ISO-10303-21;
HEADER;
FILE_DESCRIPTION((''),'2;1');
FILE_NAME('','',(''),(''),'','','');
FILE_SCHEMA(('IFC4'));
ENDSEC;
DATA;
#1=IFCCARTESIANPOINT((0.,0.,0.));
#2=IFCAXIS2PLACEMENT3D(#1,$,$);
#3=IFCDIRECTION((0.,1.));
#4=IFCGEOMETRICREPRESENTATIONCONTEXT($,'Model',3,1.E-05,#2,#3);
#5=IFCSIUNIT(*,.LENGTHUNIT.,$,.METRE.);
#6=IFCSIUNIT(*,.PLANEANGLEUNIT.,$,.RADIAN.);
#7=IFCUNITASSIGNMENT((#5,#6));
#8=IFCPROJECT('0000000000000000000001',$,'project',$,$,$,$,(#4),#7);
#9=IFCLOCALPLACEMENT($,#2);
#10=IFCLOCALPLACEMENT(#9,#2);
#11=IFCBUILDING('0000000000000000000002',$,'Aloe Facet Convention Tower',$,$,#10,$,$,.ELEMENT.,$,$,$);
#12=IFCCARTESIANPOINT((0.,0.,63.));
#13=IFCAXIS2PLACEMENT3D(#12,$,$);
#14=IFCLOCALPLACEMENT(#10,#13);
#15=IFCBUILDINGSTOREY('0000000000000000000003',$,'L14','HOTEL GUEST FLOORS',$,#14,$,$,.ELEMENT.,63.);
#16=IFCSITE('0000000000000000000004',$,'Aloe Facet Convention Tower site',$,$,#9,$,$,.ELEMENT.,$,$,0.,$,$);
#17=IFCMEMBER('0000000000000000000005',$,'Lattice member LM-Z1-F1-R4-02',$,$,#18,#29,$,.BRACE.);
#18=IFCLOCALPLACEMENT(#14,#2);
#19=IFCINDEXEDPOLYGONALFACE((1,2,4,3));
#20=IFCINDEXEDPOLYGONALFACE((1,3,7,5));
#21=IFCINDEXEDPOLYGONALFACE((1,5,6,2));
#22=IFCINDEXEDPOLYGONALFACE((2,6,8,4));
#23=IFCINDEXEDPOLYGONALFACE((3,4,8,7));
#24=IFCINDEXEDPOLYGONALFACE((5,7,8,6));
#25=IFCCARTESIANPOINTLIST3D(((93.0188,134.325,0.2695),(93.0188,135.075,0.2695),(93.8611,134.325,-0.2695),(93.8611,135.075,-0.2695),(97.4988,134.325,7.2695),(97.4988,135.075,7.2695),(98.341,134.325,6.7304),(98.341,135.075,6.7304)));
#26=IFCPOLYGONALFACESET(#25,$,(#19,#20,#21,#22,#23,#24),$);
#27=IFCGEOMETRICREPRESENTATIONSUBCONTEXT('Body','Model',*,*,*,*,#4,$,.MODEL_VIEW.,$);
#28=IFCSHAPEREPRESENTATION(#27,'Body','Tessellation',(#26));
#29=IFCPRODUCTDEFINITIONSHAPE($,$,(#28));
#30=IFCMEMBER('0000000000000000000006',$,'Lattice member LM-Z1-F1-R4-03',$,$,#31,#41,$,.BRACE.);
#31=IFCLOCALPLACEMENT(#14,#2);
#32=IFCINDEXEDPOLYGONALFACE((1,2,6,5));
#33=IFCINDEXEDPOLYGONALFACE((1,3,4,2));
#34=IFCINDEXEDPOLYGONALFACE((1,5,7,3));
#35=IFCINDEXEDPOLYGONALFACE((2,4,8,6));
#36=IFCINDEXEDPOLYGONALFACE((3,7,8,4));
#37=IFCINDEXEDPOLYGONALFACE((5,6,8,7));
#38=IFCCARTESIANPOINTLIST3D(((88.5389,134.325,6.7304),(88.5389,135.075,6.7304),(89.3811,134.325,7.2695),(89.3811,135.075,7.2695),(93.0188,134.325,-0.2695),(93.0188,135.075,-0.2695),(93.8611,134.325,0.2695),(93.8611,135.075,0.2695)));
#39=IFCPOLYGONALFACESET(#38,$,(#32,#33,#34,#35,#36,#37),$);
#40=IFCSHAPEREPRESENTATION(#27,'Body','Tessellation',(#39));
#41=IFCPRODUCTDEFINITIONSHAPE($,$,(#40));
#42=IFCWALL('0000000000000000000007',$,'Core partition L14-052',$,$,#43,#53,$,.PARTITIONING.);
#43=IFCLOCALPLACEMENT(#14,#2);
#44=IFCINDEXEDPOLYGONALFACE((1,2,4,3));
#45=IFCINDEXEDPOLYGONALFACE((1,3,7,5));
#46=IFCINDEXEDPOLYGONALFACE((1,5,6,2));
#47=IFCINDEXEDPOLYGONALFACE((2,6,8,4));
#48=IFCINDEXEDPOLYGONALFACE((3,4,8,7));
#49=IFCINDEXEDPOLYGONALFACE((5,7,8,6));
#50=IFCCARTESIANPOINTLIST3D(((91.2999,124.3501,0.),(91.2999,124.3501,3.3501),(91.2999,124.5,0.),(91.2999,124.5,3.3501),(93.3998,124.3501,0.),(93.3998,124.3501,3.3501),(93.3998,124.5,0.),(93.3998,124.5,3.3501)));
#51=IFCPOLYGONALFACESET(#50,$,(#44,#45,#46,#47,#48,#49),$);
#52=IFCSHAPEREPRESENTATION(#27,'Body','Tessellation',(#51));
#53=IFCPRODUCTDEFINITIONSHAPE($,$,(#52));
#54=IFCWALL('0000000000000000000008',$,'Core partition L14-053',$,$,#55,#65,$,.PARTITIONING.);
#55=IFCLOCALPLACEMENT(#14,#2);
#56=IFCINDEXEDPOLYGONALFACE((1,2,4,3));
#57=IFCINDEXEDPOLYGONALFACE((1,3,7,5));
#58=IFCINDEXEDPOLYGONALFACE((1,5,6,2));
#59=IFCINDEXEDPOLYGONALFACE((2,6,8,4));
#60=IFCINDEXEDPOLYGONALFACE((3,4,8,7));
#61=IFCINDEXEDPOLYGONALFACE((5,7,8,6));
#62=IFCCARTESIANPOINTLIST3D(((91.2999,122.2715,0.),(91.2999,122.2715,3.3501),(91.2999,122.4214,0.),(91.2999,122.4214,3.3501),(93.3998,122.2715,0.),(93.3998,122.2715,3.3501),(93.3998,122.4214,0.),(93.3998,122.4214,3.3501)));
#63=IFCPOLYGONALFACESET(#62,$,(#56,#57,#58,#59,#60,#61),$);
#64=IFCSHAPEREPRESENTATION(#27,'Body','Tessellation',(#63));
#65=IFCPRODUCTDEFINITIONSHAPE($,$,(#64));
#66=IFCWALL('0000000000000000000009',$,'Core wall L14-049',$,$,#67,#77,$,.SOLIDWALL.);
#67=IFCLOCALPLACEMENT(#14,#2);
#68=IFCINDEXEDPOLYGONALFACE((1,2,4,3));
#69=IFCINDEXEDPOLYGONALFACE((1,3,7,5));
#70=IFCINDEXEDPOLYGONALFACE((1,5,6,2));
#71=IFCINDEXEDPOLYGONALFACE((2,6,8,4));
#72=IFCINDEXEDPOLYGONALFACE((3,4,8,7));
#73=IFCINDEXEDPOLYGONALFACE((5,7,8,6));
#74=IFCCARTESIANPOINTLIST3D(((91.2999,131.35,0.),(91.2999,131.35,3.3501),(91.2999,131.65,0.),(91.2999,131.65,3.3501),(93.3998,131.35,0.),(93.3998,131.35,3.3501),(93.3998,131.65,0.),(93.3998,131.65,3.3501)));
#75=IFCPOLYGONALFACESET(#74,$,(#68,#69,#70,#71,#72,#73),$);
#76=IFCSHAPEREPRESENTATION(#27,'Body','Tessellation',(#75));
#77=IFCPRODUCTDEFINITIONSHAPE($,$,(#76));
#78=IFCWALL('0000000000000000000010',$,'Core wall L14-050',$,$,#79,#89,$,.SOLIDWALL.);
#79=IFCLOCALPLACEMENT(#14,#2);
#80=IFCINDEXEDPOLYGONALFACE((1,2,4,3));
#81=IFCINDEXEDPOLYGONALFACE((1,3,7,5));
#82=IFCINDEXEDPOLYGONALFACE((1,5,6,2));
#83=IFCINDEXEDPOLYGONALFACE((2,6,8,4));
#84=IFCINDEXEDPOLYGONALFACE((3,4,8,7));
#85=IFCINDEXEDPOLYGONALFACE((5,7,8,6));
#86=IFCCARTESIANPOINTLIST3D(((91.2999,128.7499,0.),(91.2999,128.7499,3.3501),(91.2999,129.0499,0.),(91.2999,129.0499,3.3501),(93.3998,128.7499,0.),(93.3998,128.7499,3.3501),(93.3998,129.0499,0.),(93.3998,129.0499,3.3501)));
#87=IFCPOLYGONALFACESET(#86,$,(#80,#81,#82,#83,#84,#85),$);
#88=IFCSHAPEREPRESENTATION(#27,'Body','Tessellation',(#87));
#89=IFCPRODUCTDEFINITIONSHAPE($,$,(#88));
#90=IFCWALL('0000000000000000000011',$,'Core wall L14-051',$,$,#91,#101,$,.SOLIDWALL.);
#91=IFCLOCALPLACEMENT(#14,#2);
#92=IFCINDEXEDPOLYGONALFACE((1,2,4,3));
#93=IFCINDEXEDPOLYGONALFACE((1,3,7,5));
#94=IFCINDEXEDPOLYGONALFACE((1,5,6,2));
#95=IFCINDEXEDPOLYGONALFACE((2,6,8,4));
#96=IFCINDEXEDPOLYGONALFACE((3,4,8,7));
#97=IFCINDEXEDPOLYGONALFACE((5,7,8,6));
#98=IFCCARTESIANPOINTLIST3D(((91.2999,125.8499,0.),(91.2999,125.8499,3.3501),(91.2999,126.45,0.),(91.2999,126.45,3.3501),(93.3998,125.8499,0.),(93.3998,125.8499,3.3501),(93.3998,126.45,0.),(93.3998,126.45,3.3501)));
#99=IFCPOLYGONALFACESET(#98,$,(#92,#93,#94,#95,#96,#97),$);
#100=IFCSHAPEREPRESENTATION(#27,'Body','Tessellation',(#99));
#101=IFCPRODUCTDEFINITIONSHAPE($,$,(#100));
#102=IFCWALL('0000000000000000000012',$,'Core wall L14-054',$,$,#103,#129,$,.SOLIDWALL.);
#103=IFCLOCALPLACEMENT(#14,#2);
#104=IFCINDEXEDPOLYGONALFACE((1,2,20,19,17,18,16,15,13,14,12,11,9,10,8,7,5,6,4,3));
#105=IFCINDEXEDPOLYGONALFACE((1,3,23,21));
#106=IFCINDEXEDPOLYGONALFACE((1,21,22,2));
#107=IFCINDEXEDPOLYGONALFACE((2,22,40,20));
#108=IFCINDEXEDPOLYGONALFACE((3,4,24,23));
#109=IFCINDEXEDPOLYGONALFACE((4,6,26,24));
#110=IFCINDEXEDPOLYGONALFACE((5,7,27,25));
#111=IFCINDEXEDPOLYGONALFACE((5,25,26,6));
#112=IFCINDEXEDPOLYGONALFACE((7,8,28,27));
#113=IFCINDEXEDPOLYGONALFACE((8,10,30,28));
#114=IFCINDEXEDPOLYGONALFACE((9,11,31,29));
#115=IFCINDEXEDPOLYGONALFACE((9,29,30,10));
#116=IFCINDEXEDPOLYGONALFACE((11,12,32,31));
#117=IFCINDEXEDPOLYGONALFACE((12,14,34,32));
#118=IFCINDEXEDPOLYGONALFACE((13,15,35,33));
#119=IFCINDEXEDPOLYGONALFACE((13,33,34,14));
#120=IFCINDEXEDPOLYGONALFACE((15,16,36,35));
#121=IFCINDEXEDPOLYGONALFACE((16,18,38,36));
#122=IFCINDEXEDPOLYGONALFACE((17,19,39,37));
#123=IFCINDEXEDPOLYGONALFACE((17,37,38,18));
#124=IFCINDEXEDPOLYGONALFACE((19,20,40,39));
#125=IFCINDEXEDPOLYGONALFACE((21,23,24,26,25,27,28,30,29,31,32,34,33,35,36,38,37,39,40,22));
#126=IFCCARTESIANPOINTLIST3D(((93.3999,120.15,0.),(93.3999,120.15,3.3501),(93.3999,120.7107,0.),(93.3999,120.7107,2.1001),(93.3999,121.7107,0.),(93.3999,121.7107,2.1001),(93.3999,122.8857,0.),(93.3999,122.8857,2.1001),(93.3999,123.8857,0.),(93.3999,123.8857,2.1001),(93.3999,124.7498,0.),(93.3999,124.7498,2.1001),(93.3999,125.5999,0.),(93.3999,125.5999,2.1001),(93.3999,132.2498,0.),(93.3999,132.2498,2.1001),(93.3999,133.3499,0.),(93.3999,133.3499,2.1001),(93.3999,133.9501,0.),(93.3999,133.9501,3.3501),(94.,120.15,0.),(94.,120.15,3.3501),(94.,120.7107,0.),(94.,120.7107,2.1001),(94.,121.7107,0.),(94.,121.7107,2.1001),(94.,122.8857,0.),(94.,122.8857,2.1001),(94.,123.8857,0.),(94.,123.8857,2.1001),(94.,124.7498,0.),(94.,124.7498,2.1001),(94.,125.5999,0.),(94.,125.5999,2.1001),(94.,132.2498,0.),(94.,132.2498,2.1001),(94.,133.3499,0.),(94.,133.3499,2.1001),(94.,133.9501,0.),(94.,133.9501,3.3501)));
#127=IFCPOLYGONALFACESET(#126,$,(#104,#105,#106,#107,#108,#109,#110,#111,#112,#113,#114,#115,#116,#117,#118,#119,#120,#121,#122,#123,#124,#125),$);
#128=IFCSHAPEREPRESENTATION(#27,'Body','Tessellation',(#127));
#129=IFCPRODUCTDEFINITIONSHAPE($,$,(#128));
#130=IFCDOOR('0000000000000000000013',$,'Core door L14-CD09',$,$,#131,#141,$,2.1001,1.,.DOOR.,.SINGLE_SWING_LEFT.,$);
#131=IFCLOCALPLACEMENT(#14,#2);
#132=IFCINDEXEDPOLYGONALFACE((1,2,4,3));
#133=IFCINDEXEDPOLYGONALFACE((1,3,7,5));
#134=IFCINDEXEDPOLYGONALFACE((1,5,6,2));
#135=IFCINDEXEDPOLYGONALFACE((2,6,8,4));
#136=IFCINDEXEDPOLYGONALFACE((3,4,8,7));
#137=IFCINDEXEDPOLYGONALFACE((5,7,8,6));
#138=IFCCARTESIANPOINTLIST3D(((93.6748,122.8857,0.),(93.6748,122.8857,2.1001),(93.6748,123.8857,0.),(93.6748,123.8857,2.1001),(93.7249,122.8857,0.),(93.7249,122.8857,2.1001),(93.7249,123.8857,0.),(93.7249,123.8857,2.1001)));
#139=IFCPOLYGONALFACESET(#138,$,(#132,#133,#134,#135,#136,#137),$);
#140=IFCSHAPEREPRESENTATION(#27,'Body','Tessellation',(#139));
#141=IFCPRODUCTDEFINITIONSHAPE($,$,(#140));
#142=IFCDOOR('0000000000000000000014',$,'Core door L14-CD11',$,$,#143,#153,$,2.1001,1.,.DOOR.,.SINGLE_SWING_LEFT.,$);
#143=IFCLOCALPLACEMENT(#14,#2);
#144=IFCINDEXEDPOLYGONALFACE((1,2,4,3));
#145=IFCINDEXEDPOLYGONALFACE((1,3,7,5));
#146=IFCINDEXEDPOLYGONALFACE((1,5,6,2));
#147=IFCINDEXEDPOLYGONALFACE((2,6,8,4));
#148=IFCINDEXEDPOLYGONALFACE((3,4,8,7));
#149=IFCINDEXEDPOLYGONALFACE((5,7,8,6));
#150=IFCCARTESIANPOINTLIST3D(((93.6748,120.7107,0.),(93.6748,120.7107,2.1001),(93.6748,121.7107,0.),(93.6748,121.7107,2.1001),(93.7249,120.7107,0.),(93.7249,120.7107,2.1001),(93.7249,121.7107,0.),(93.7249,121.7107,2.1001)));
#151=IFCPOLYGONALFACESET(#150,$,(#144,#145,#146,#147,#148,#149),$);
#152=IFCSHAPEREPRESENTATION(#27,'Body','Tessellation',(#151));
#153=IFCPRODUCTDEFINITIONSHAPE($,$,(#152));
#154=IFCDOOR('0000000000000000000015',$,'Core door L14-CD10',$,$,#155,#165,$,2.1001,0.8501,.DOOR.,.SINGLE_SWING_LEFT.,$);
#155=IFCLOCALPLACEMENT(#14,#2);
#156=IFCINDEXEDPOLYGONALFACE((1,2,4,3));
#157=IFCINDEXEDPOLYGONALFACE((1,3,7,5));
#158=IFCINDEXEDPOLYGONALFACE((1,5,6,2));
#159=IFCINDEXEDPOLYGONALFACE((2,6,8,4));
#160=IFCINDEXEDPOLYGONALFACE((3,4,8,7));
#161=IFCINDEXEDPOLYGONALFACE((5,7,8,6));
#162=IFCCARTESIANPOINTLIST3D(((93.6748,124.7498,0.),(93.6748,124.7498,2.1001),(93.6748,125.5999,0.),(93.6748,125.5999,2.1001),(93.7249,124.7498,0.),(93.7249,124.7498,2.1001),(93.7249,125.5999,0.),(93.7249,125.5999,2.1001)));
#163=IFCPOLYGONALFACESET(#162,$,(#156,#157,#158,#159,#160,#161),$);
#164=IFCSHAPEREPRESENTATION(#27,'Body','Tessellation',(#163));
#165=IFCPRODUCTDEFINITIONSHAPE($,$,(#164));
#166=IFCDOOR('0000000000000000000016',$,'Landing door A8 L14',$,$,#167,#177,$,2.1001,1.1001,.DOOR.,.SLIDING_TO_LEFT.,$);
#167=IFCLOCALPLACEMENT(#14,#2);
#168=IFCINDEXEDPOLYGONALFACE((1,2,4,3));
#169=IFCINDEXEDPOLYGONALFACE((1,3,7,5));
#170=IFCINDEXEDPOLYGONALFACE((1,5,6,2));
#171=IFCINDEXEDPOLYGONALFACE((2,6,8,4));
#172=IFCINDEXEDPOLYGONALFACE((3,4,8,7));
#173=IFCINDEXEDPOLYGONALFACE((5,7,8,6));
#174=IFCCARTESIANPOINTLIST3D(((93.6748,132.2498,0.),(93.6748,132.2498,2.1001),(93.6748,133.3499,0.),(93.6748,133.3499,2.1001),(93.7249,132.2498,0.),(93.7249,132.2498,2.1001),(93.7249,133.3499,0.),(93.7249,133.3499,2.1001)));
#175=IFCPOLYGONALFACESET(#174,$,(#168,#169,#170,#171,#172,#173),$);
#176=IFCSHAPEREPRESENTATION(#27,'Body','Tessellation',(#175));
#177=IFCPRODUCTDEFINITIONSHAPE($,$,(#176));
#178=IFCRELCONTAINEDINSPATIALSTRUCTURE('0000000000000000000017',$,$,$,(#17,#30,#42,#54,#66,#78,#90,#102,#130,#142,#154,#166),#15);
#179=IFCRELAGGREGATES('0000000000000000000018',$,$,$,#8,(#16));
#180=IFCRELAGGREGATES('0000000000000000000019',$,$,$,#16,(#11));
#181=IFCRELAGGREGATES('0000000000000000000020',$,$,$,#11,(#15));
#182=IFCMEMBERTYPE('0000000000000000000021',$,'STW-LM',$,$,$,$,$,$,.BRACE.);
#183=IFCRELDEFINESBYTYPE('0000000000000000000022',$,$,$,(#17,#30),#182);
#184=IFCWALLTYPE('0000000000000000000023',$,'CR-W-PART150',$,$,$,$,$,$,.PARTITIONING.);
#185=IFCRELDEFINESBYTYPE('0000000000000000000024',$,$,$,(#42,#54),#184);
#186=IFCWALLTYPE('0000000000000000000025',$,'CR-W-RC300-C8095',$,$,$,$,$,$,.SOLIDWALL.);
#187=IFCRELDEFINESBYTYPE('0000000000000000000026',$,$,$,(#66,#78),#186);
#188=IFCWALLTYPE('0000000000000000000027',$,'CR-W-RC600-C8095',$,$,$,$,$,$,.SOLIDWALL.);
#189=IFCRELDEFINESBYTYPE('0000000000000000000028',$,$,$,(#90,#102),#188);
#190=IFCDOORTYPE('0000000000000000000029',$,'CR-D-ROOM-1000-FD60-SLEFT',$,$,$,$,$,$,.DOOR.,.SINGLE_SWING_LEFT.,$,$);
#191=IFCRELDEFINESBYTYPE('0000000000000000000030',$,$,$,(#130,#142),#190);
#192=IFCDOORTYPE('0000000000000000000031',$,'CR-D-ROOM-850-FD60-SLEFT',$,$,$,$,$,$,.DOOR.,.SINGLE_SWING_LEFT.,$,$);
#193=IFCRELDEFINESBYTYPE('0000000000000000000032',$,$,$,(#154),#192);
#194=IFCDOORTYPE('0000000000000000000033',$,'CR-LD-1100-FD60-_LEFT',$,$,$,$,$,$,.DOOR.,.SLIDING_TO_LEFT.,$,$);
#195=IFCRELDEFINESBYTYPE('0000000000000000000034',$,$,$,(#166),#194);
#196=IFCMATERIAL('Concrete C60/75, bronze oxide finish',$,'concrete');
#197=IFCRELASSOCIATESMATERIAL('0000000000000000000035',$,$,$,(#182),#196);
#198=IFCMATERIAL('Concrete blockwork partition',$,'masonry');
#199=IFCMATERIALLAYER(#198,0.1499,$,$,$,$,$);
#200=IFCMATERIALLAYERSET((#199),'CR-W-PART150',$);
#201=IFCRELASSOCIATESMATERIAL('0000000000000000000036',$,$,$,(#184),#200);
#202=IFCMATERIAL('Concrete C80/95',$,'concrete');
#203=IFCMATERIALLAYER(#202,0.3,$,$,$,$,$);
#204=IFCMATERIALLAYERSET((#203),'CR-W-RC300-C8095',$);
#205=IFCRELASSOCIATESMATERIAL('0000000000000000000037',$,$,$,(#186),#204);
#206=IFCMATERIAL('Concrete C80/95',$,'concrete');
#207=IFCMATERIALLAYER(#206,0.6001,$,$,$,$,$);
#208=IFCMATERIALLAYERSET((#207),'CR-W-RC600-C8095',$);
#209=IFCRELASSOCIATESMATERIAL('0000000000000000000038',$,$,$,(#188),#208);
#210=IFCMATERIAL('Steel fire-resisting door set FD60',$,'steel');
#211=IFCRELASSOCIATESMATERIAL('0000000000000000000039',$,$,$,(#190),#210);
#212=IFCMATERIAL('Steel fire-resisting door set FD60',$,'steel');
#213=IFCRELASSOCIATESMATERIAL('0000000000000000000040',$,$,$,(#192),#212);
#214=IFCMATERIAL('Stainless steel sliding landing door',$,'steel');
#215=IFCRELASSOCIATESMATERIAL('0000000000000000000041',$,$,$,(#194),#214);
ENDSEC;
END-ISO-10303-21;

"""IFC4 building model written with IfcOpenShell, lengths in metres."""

from ifc_helpers import new_model, si_unit, direction, frame, frame_2d, origin, origin_2d, place, context, subcontext, project, spatial, rectangle, extrude, material, layer, layer_set, material_profile, profile_set, type_object, element, fill, save


model = new_model("IFC4")

# Units and contexts
model_context = context("Model", 3, precision=1e-05, world=origin(), true_north=direction((0.0, 1.0)))
body_context = subcontext(model_context, "Body", "Model", "MODEL_VIEW")
ifc_project = project(units=[si_unit("LENGTHUNIT", "METRE"), si_unit("PLANEANGLEUNIT", "RADIAN")], contexts=[model_context])

# Site, building, storey
site_placement = place(None, origin())
site = spatial("IfcSite", under=ifc_project, at=site_placement, Name="Aloe Facet Convention Tower site", CompositionType="ELEMENT", RefElevation=0.0)
building_placement = place(site_placement, origin())
building = spatial("IfcBuilding", under=site, at=building_placement, Name="Aloe Facet Convention Tower", CompositionType="ELEMENT")
storey_placement = place(building_placement, frame((0.0, 0.0, 63.0)))
storey = spatial("IfcBuildingStorey", under=building, at=storey_placement, Name="L14", Description="HOTEL GUEST FLOORS", CompositionType="ELEMENT", Elevation=63.0)

# Members
ifc_material_1 = material(Name="Concrete C60/75, bronze oxide finish", Category="concrete")
ifc_material_profile_1 = material_profile(ifc_material_1, rectangle(XDim=0.75, YDim=1.0, at=origin_2d()), Name="STW-LM")
ifc_profile_set_1 = profile_set([ifc_material_profile_1], Name="Concrete C60/75, bronze oxide finish")
member_type = type_object("IfcMemberType", Name="STW-LM", PredefinedType="BRACE", material=ifc_profile_set_1)
for number, where, z_axis, x_axis, name in (
    (1, (93.4399, 134.7, 0.0), (0.539052, 0.0, 0.842272), (0.0, 1.0, 0.0), "Lattice member LM-Z1-F1-R4-02"),
    (2, (93.4399, 134.7, 0.0), (-0.539052, 0.0, 0.842272), (0.0, -1.0, 0.0), "Lattice member LM-Z1-F1-R4-03"),
):
    element("IfcMember", number, at=place(storey_placement, frame(where, z_axis=z_axis, x_axis=x_axis)), inside=storey, type_object=member_type, Name=name, PredefinedType="BRACE", context=body_context, shape_type="SweptSolid", body=[
        extrude(rectangle(XDim=0.75, YDim=1.0, at=origin_2d()), origin(), (0.0, 0.0, 1.0), 8.3108),
    ])

# Walls
ifc_material_2 = material(Name="Concrete blockwork partition", Category="masonry")
ifc_layer_1 = layer(ifc_material_2, 0.1499)
ifc_layer_set_1 = layer_set([ifc_layer_1], Name="CR-W-PART150")
wall_type_1 = type_object("IfcWallType", Name="CR-W-PART150", PredefinedType="PARTITIONING", material=ifc_layer_set_1)
for number, where, z_axis, x_axis, name in (
    (3, (91.3, 124.425, 0.0), (0.0, 0.0, 1.0), (1.0, 0.0, 0.0), "Core partition L14-052"),
    (4, (91.3, 122.3464, 0.0), (0.0, 0.0, 1.0), (1.0, 0.0, 0.0), "Core partition L14-053"),
):
    element("IfcWall", number, at=place(storey_placement, frame(where, z_axis=z_axis, x_axis=x_axis)), inside=storey, type_object=wall_type_1, Name=name, PredefinedType="PARTITIONING", context=body_context, shape_type="SweptSolid", body=[
        extrude(rectangle(XDim=2.0999, YDim=0.1499, at=frame_2d((1.0498, 0.0))), origin(), (0.0, 0.0, 1.0), 3.3501),
    ])
ifc_material_3 = material(Name="Concrete C80/95", Category="concrete")
ifc_layer_2 = layer(ifc_material_3, 0.3)
ifc_layer_set_2 = layer_set([ifc_layer_2], Name="CR-W-RC300-C8095")
wall_type_2 = type_object("IfcWallType", Name="CR-W-RC300-C8095", PredefinedType="SOLIDWALL", material=ifc_layer_set_2)
for number, where, z_axis, x_axis, name in (
    (5, (91.3, 131.5, 0.0), (0.0, 0.0, 1.0), (1.0, 0.0, 0.0), "Core wall L14-049"),
    (6, (91.3, 128.8999, 0.0), (0.0, 0.0, 1.0), (1.0, 0.0, 0.0), "Core wall L14-050"),
):
    element("IfcWall", number, at=place(storey_placement, frame(where, z_axis=z_axis, x_axis=x_axis)), inside=storey, type_object=wall_type_2, Name=name, PredefinedType="SOLIDWALL", context=body_context, shape_type="SweptSolid", body=[
        extrude(rectangle(XDim=2.0999, YDim=0.3, at=frame_2d((1.0498, 0.0))), origin(), (0.0, 0.0, 1.0), 3.3501),
    ])
ifc_material_4 = material(Name="Concrete C80/95", Category="concrete")
ifc_layer_3 = layer(ifc_material_4, 0.6001)
ifc_layer_set_3 = layer_set([ifc_layer_3], Name="CR-W-RC600-C8095")
wall_type_3 = type_object("IfcWallType", Name="CR-W-RC600-C8095", PredefinedType="SOLIDWALL", material=ifc_layer_set_3)
wall_1_placement = place(storey_placement, frame((91.3, 126.1499, 0.0), z_axis=(0.0, 0.0, 1.0), x_axis=(1.0, 0.0, 0.0)))
element("IfcWall", 7, at=wall_1_placement, inside=storey, type_object=wall_type_3, Name="Core wall L14-051", PredefinedType="SOLIDWALL", context=body_context, shape_type="SweptSolid", body=[
    extrude(rectangle(XDim=2.0999, YDim=0.6001, at=frame_2d((1.0498, 0.0))), origin(), (0.0, 0.0, 1.0), 3.3501),
])

# Wall, openings, doors
wall_2_placement = place(storey_placement, frame((93.7, 133.95, 0.0), z_axis=(0.0, 0.0, 1.0), x_axis=(0.0, -1.0, 0.0)))
wall_2 = element("IfcWall", 8, at=wall_2_placement, inside=storey, type_object=wall_type_3, Name="Core wall L14-054", PredefinedType="SOLIDWALL", context=body_context, shape_type="SweptSolid", body=[
    extrude(rectangle(XDim=13.8, YDim=0.6001, at=frame_2d((6.8999, 0.0))), origin(), (0.0, 0.0, 1.0), 3.3501),
])
opening_1_placement = place(wall_2_placement, frame((0.6001, 0.0, 0.0)))
opening_1 = element("IfcOpeningElement", 9, at=opening_1_placement, cuts=wall_2, PredefinedType="OPENING", context=body_context, shape_type="SweptSolid", body=[
    extrude(rectangle(XDim=1.1001, YDim=2.1001, at=frame_2d((0.55, 1.05))), frame((0.0, 0.3101, 0.0), z_axis=(0.0, -1.0, 0.0), x_axis=(1.0, 0.0, 0.0)), (0.0, 0.0, 1.0), 0.6201),
])
opening_2_placement = place(wall_2_placement, frame((10.0642, 0.0, 0.0)))
opening_2 = element("IfcOpeningElement", 10, at=opening_2_placement, cuts=wall_2, PredefinedType="OPENING", context=body_context, shape_type="SweptSolid", body=[
    extrude(rectangle(XDim=1.0, YDim=2.1001, at=frame_2d((0.5, 1.05))), frame((0.0, 0.3101, 0.0), z_axis=(0.0, -1.0, 0.0), x_axis=(1.0, 0.0, 0.0)), (0.0, 0.0, 1.0), 0.6201),
])
opening_3_placement = place(wall_2_placement, frame((8.3501, 0.0, 0.0)))
opening_3 = element("IfcOpeningElement", 11, at=opening_3_placement, cuts=wall_2, PredefinedType="OPENING", context=body_context, shape_type="SweptSolid", body=[
    extrude(rectangle(XDim=0.8501, YDim=2.1001, at=frame_2d((0.425, 1.05))), frame((0.0, 0.3101, 0.0), z_axis=(0.0, -1.0, 0.0), x_axis=(1.0, 0.0, 0.0)), (0.0, 0.0, 1.0), 0.6201),
])
opening_4_placement = place(wall_2_placement, frame((12.2393, 0.0, 0.0)))
opening_4 = element("IfcOpeningElement", 12, at=opening_4_placement, cuts=wall_2, PredefinedType="OPENING", context=body_context, shape_type="SweptSolid", body=[
    extrude(rectangle(XDim=1.0, YDim=2.1001, at=frame_2d((0.5, 1.05))), frame((0.0, 0.3101, 0.0), z_axis=(0.0, -1.0, 0.0), x_axis=(1.0, 0.0, 0.0)), (0.0, 0.0, 1.0), 0.6201),
])
ifc_material_5 = material(Name="Steel fire-resisting door set FD60", Category="steel")
door_type_1 = type_object("IfcDoorType", Name="CR-D-ROOM-1000-FD60-SLEFT", OperationType="SINGLE_SWING_LEFT", PredefinedType="DOOR", material=ifc_material_5)
door_1_placement = place(opening_2_placement, origin())
door_1 = element("IfcDoor", 13, at=door_1_placement, inside=storey, type_object=door_type_1, Name="Core door L14-CD09", OperationType="SINGLE_SWING_LEFT", OverallHeight=2.1001, OverallWidth=1.0, PredefinedType="DOOR", context=body_context, shape_type="SweptSolid", body=[
    extrude(rectangle(XDim=1.0, YDim=2.1001, at=frame_2d((0.5, 1.05))), frame((0.0, 0.0249, 0.0), z_axis=(0.0, -1.0, 0.0), x_axis=(1.0, 0.0, 0.0)), (0.0, 0.0, 1.0), 0.05),
])
fill(opening_2, door_1)
door_2_placement = place(opening_4_placement, origin())
door_2 = element("IfcDoor", 14, at=door_2_placement, inside=storey, type_object=door_type_1, Name="Core door L14-CD11", OperationType="SINGLE_SWING_LEFT", OverallHeight=2.1001, OverallWidth=1.0, PredefinedType="DOOR", context=body_context, shape_type="SweptSolid", body=[
    extrude(rectangle(XDim=1.0, YDim=2.1001, at=frame_2d((0.5, 1.05))), frame((0.0, 0.0249, 0.0), z_axis=(0.0, -1.0, 0.0), x_axis=(1.0, 0.0, 0.0)), (0.0, 0.0, 1.0), 0.05),
])
fill(opening_4, door_2)
ifc_material_6 = material(Name="Steel fire-resisting door set FD60", Category="steel")
door_type_2 = type_object("IfcDoorType", Name="CR-D-ROOM-850-FD60-SLEFT", OperationType="SINGLE_SWING_LEFT", PredefinedType="DOOR", material=ifc_material_6)
door_3_placement = place(opening_3_placement, origin())
door_3 = element("IfcDoor", 15, at=door_3_placement, inside=storey, type_object=door_type_2, Name="Core door L14-CD10", OperationType="SINGLE_SWING_LEFT", OverallHeight=2.1001, OverallWidth=0.8501, PredefinedType="DOOR", context=body_context, shape_type="SweptSolid", body=[
    extrude(rectangle(XDim=0.8501, YDim=2.1001, at=frame_2d((0.425, 1.05))), frame((0.0, 0.0249, 0.0), z_axis=(0.0, -1.0, 0.0), x_axis=(1.0, 0.0, 0.0)), (0.0, 0.0, 1.0), 0.05),
])
fill(opening_3, door_3)
ifc_material_7 = material(Name="Stainless steel sliding landing door", Category="steel")
door_type_3 = type_object("IfcDoorType", Name="CR-LD-1100-FD60-_LEFT", OperationType="SLIDING_TO_LEFT", PredefinedType="DOOR", material=ifc_material_7)
door_4_placement = place(opening_1_placement, origin())
door_4 = element("IfcDoor", 16, at=door_4_placement, inside=storey, type_object=door_type_3, Name="Landing door A8 L14", OperationType="SLIDING_TO_LEFT", OverallHeight=2.1001, OverallWidth=1.1001, PredefinedType="DOOR", context=body_context, shape_type="SweptSolid", body=[
    extrude(rectangle(XDim=1.1001, YDim=2.1001, at=frame_2d((0.55, 1.05))), frame((0.0, 0.0249, 0.0), z_axis=(0.0, -1.0, 0.0), x_axis=(1.0, 0.0, 0.0)), (0.0, 0.0, 1.0), 0.05),
])
fill(opening_1, door_4)

save(model, "model.ifc")
